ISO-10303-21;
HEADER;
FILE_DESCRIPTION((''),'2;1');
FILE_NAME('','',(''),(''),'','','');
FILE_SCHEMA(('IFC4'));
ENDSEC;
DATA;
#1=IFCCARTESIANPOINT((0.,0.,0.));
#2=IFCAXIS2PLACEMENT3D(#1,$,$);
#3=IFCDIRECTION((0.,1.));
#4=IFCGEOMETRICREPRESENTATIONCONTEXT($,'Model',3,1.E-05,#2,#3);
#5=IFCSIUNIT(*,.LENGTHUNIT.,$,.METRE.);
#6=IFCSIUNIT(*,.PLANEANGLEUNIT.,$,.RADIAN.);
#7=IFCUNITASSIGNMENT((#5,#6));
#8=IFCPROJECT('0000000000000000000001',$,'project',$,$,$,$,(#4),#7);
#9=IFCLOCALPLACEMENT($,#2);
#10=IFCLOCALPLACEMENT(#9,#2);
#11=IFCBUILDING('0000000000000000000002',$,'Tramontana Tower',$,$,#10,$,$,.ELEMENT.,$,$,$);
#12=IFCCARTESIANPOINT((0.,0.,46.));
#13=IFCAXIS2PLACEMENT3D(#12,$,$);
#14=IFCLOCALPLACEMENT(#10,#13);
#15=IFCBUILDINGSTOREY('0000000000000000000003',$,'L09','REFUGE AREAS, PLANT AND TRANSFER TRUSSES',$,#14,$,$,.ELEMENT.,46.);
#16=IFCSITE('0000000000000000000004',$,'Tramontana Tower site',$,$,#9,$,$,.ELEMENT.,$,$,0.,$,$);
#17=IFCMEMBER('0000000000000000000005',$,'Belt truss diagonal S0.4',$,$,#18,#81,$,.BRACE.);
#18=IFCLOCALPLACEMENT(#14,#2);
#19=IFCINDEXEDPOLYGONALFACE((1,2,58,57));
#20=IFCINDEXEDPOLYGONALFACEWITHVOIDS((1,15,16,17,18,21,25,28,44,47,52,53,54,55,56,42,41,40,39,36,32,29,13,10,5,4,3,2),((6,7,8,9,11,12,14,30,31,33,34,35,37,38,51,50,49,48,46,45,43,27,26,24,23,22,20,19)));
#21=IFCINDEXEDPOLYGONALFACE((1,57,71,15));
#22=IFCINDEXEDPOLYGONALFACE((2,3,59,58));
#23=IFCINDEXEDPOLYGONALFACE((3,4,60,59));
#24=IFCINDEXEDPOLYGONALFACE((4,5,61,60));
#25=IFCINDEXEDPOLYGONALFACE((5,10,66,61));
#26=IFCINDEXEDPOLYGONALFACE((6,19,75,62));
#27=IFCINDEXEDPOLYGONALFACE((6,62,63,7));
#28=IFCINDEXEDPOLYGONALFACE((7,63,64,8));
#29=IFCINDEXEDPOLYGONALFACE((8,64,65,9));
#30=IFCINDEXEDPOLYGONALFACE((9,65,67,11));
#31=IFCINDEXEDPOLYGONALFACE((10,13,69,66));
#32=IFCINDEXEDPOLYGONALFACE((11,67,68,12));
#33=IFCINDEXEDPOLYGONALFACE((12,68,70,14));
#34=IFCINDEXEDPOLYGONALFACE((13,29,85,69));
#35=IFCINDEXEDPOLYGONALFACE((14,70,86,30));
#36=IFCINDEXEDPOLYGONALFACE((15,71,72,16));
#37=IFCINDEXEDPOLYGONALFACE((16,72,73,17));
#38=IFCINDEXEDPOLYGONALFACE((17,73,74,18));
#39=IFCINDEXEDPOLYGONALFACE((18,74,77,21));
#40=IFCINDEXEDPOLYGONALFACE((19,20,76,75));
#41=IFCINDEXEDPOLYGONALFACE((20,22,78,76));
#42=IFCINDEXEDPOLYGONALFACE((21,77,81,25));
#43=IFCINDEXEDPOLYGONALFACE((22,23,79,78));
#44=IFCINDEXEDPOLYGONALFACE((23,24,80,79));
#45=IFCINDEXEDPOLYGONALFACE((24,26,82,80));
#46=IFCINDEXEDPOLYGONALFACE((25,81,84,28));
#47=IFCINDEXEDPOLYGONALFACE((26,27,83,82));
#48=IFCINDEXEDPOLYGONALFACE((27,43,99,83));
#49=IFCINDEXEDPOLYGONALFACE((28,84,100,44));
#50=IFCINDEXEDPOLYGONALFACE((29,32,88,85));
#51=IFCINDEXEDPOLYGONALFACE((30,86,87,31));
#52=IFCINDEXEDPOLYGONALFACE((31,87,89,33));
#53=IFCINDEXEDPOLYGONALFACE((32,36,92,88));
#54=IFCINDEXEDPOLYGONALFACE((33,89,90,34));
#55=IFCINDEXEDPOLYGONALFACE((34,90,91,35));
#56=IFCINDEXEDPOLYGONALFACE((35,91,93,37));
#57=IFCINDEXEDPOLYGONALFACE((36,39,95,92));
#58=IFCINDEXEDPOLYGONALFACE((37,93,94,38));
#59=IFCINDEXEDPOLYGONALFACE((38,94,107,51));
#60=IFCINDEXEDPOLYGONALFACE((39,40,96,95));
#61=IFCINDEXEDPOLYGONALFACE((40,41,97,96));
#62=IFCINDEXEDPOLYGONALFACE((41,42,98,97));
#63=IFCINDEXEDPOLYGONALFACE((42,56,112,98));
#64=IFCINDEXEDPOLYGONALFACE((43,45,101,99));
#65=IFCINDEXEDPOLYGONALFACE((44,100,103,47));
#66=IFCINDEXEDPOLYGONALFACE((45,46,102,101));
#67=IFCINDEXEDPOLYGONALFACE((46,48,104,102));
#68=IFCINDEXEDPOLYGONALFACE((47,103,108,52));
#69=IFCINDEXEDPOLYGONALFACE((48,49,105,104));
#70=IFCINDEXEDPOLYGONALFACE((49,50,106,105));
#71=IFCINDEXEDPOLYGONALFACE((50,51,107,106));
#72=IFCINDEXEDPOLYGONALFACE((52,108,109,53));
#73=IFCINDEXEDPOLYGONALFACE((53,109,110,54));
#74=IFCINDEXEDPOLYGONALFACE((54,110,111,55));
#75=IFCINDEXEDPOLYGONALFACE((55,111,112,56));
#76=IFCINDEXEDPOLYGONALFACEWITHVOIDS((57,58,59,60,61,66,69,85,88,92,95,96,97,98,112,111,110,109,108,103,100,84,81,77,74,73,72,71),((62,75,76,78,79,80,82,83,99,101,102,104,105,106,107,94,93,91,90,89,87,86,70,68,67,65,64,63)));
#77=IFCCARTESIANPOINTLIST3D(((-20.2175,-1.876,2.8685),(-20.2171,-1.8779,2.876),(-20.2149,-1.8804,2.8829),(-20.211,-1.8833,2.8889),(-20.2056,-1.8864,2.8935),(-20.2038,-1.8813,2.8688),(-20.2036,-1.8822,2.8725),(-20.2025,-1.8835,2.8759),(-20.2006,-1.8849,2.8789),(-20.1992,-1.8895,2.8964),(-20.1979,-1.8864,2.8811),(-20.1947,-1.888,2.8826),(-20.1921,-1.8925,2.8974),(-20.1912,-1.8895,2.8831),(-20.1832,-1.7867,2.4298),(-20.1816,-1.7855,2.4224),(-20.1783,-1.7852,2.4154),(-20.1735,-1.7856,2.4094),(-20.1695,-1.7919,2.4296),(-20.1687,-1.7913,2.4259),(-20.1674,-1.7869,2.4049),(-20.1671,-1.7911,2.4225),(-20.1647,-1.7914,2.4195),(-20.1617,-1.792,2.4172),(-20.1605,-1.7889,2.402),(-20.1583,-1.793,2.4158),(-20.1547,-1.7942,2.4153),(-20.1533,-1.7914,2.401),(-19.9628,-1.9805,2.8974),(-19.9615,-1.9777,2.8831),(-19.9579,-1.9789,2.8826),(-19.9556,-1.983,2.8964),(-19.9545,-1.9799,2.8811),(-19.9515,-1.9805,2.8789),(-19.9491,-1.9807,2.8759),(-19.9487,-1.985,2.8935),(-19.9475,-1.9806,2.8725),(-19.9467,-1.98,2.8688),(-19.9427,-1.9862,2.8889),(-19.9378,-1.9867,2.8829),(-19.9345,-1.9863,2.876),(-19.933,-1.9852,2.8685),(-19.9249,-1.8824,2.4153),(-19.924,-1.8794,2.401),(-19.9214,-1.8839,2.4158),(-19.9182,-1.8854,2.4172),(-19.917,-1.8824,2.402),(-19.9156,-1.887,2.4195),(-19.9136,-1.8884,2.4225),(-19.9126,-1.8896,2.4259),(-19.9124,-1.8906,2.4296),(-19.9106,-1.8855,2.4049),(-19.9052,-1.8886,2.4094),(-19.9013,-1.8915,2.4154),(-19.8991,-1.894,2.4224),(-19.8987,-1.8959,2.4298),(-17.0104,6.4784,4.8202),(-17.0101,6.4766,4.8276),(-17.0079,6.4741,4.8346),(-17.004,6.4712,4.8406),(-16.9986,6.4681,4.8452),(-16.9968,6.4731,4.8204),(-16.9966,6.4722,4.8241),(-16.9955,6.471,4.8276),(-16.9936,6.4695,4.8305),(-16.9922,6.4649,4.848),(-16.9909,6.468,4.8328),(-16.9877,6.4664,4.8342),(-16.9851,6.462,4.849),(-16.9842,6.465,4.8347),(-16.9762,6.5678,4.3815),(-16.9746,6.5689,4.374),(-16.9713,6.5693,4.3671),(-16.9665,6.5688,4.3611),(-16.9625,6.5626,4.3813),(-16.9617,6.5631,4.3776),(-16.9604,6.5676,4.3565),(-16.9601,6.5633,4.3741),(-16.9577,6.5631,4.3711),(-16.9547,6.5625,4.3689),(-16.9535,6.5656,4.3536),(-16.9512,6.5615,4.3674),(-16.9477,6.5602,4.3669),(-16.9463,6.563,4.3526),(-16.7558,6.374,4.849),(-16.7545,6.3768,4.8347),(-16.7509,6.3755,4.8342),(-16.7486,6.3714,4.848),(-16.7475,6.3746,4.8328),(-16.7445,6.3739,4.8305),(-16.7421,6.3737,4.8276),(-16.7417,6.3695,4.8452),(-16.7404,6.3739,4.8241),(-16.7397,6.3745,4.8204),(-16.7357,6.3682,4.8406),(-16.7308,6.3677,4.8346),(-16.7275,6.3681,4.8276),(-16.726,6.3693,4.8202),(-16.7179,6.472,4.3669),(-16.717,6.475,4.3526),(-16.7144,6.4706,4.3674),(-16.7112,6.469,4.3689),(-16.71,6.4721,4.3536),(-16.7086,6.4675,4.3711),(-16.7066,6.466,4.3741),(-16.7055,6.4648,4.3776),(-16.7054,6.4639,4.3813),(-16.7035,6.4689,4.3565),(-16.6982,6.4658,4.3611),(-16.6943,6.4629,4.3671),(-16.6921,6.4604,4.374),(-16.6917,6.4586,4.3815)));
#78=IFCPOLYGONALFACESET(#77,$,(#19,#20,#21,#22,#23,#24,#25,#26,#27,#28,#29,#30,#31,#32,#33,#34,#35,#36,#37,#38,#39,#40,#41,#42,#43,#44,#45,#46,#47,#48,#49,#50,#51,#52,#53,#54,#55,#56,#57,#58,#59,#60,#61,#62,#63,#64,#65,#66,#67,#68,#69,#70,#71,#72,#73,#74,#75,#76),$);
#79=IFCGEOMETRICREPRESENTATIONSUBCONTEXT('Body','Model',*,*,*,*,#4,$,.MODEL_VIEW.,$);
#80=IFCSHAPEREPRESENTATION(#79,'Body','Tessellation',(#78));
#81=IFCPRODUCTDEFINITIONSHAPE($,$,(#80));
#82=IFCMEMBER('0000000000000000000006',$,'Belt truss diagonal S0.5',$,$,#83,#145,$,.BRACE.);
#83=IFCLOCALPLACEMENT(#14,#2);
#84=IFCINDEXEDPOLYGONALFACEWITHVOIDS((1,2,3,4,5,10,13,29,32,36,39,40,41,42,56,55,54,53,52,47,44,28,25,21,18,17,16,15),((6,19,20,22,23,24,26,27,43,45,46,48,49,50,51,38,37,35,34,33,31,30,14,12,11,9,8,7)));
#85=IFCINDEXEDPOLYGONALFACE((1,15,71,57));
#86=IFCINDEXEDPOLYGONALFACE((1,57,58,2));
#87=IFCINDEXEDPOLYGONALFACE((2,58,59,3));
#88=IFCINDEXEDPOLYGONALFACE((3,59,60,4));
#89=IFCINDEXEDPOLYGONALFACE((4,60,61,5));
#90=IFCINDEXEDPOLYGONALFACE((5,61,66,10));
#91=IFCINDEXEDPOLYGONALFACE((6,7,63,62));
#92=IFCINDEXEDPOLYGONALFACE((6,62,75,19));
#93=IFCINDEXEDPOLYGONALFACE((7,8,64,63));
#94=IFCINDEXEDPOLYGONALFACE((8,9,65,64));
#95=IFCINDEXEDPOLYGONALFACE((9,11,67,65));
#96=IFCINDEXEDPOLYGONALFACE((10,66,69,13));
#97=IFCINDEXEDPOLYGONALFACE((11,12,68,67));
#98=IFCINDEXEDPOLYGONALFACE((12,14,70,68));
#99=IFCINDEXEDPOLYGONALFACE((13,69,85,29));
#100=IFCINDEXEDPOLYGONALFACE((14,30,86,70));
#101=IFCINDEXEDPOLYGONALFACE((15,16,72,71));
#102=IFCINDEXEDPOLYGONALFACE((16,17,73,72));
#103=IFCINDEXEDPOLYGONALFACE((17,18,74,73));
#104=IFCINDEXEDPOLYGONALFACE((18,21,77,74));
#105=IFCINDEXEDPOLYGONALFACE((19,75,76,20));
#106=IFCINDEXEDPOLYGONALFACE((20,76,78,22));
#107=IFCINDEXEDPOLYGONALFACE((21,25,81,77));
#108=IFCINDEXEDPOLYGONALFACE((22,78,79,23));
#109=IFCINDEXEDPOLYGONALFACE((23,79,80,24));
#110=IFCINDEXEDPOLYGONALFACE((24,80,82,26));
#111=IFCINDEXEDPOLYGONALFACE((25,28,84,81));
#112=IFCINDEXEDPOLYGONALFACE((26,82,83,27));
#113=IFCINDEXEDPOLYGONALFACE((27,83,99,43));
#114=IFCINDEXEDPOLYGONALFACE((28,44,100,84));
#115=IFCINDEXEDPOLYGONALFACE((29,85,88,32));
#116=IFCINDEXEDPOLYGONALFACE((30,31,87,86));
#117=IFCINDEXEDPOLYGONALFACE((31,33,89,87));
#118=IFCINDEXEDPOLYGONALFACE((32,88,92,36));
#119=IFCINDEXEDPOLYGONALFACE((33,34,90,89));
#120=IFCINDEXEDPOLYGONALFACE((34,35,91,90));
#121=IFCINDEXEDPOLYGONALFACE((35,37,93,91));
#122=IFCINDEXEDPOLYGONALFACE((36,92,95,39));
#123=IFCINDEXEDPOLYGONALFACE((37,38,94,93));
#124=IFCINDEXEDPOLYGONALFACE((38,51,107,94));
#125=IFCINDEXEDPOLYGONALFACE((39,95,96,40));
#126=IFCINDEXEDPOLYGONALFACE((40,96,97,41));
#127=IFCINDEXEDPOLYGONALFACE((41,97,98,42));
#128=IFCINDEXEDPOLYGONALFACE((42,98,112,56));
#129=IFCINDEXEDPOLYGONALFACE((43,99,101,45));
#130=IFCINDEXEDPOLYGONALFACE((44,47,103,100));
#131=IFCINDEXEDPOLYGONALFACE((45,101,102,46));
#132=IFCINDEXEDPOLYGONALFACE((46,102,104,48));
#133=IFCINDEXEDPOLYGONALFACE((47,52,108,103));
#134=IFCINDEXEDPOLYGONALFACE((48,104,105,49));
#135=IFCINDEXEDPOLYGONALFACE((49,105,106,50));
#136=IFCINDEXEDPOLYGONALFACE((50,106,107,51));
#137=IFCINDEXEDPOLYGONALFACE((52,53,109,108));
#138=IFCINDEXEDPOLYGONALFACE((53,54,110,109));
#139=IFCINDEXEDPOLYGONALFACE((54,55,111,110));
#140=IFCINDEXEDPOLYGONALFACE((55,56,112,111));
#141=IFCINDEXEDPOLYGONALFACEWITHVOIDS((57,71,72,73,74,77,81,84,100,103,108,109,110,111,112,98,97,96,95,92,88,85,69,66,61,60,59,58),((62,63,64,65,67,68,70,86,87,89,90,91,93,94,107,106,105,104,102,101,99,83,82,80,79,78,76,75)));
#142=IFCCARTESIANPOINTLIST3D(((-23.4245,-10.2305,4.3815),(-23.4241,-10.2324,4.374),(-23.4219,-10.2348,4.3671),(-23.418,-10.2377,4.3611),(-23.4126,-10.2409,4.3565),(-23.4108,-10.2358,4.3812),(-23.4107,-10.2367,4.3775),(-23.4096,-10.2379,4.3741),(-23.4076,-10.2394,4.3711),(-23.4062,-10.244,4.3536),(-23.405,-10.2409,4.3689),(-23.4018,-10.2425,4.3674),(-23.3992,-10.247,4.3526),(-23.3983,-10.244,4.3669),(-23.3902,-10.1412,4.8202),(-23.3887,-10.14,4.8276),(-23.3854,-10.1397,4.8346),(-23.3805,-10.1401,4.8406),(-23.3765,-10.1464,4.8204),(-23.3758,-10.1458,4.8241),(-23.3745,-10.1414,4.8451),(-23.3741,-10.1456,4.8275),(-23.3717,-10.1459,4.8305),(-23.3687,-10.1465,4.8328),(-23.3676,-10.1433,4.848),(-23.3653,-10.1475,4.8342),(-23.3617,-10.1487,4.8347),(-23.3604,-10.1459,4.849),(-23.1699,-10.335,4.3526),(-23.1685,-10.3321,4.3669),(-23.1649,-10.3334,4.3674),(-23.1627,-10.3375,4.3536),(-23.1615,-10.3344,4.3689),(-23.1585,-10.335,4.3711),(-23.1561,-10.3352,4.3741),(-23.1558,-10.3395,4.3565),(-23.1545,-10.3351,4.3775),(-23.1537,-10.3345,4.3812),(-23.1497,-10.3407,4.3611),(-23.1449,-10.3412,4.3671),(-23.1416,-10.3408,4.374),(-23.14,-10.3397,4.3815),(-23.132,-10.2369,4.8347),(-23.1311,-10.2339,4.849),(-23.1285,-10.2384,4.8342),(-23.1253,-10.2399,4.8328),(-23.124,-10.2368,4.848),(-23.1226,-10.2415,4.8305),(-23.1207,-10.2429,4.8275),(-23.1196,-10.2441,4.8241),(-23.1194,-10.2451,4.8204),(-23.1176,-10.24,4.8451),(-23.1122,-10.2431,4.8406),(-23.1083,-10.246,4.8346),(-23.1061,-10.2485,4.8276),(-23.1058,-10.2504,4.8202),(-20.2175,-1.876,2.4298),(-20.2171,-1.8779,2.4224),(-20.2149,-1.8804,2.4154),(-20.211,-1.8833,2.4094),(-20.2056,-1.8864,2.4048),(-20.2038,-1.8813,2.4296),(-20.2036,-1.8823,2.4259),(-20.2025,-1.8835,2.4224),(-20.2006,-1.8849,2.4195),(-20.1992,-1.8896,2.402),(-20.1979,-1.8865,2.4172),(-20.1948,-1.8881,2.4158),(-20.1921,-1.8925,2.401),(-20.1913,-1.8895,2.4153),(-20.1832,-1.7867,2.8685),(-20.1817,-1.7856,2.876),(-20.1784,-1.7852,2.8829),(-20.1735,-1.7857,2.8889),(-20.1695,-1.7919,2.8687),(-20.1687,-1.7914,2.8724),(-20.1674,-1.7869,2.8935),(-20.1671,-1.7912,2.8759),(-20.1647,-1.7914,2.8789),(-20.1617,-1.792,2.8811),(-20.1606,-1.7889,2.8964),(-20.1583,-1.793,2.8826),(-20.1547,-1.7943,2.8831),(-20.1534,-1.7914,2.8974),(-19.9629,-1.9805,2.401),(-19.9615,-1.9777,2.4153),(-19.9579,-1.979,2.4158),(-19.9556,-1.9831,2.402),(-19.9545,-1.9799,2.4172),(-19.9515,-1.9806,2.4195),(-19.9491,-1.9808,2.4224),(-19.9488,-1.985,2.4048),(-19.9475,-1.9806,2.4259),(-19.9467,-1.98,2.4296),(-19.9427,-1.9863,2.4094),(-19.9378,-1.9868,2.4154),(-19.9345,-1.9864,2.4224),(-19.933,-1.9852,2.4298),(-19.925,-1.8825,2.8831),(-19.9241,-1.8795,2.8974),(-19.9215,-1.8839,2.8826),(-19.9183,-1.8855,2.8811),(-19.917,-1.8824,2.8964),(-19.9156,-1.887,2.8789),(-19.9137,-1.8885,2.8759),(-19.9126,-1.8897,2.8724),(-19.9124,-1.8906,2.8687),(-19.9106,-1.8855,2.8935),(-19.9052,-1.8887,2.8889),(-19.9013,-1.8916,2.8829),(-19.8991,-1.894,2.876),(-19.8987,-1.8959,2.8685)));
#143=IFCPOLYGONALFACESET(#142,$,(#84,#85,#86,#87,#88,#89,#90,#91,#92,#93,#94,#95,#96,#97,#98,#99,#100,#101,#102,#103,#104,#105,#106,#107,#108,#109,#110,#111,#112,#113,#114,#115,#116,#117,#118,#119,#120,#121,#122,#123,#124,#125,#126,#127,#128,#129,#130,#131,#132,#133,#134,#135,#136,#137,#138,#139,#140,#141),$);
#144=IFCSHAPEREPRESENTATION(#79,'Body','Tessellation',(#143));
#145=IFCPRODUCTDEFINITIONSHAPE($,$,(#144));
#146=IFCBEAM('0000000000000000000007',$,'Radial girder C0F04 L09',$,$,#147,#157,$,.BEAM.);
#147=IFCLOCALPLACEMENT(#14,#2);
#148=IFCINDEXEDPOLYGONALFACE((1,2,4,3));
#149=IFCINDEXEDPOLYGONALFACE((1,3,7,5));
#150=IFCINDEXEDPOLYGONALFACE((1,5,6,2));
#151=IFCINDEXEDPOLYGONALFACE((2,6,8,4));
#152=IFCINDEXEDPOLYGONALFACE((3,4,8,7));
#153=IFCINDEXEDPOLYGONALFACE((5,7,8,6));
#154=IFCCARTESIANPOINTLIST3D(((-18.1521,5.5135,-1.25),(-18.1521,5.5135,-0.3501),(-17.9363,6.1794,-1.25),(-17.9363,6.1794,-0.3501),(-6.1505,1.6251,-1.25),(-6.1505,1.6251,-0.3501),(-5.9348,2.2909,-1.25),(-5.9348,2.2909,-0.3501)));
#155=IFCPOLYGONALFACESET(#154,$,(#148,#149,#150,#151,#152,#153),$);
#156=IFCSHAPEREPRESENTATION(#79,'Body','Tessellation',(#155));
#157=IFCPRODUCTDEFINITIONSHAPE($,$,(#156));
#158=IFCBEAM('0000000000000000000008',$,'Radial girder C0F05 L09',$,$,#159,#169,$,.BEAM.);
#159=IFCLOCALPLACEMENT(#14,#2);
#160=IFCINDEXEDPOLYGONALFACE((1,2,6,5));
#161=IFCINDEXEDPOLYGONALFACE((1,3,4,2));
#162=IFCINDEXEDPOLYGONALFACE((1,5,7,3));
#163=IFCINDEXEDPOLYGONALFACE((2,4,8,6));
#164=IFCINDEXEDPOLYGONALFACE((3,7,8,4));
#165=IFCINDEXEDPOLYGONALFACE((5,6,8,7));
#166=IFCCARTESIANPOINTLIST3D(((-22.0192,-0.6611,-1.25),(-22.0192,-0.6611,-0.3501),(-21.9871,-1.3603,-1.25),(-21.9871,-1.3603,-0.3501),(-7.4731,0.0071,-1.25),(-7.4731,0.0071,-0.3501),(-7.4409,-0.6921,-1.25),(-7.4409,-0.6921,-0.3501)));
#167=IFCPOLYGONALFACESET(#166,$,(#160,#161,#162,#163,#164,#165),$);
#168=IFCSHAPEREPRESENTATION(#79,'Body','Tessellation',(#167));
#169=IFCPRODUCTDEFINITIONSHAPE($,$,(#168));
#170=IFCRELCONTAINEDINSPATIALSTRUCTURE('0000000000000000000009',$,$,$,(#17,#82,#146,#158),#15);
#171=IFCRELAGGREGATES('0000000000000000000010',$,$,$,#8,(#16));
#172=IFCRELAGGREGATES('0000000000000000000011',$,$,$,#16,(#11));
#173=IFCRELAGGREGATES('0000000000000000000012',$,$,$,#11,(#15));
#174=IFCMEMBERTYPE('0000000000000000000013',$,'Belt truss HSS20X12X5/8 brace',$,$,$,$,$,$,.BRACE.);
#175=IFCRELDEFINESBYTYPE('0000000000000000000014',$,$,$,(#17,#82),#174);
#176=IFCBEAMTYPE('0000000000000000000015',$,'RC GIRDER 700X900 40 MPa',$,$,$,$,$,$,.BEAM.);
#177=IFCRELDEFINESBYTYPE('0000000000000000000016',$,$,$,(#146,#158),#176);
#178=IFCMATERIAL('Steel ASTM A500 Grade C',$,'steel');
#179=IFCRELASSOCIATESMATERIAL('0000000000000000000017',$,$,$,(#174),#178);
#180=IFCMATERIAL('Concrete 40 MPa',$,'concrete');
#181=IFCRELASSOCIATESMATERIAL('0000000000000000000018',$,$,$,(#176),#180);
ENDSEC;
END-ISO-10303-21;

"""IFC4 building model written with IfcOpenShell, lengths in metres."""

from ifc_helpers import new_model, si_unit, direction, frame, origin, origin_2d, place, context, subcontext, project, spatial, rectangle, hollow_rectangle, extrude, material, material_profile, profile_set, type_object, element, save


model = new_model("IFC4")

# Units and contexts
model_context = context("Model", 3, precision=1e-05, world=origin(), true_north=direction((0.0, 1.0)))
body_context = subcontext(model_context, "Body", "Model", "MODEL_VIEW")
ifc_project = project(units=[si_unit("LENGTHUNIT", "METRE"), si_unit("PLANEANGLEUNIT", "RADIAN")], contexts=[model_context])

# Site, building, storey
site_placement = place(None, origin())
site = spatial("IfcSite", under=ifc_project, at=site_placement, Name="Tramontana Tower site", CompositionType="ELEMENT", RefElevation=0.0)
building_placement = place(site_placement, origin())
building = spatial("IfcBuilding", under=site, at=building_placement, Name="Tramontana Tower", CompositionType="ELEMENT")
storey_placement = place(building_placement, frame((0.0, 0.0, 46.0)))
storey = spatial("IfcBuildingStorey", under=building, at=storey_placement, Name="L09", Description="REFUGE AREAS, PLANT AND TRANSFER TRUSSES", CompositionType="ELEMENT", Elevation=46.0)

# Members
ifc_material_1 = material(Name="Steel ASTM A500 Grade C", Category="steel")
ifc_material_profile_1 = material_profile(ifc_material_1, hollow_rectangle(XDim=0.3047, YDim=0.5081, WallThickness=0.0146, InnerFilletRadius=0.0146, OuterFilletRadius=0.0295, at=origin_2d()), Name="HSS20X12X5/8")
ifc_profile_set_1 = profile_set([ifc_material_profile_1], Name="Steel ASTM A500 Grade C")
member_type_1 = type_object("IfcMemberType", Name="Belt truss HSS20X12X5/8 brace", PredefinedType="BRACE", material=ifc_profile_set_1)
for number, where, z_axis, x_axis, name in (
    (1, (-16.8511, 6.4685, 4.6008), (-0.350142, -0.912139, -0.213081), (0.933579, -0.358372, 0.0), "Belt truss diagonal S0.4"),
    (2, (-20.0581, -1.886, 2.6492), (-0.350142, -0.912139, 0.213081), (0.933579, -0.358372, 0.0), "Belt truss diagonal S0.5"),
):
    element("IfcMember", number, at=place(storey_placement, frame(where, z_axis=z_axis, x_axis=x_axis)), inside=storey, type_object=member_type_1, Name=name, PredefinedType="BRACE", context=body_context, shape_type="SweptSolid", body=[
        extrude(hollow_rectangle(XDim=0.3047, YDim=0.5081, WallThickness=0.0146, InnerFilletRadius=0.0146, OuterFilletRadius=0.0295, at=origin_2d()), origin(), (0.0, 0.0, 1.0), 9.1592),
    ])

# Beams
ifc_material_2 = material(Name="Concrete 40 MPa", Category="concrete")
ifc_material_profile_2 = material_profile(ifc_material_2, rectangle(XDim=0.7, YDim=0.8999, at=origin_2d()), Name="RC GIRDER 700X900 40 MPa")
ifc_profile_set_2 = profile_set([ifc_material_profile_2], Name="Concrete 40 MPa")
beam_type = type_object("IfcBeamType", Name="RC GIRDER 700X900 40 MPa", PredefinedType="BEAM", material=ifc_profile_set_2)
beam_1_placement = place(storey_placement, frame((-18.0442, 5.8464, -0.8), z_axis=(0.951314, -0.308222, 0.0), x_axis=(0.308222, 0.951314, 0.0)))
element("IfcBeam", 3, at=beam_1_placement, inside=storey, type_object=beam_type, Name="Radial girder C0F04 L09", PredefinedType="BEAM", context=body_context, shape_type="SweptSolid", body=[
    extrude(rectangle(XDim=0.7, YDim=0.8999, at=origin_2d()), origin(), (0.0, 0.0, 1.0), 12.6157),
])
beam_2_placement = place(storey_placement, frame((-22.0032, -1.0107, -0.8), z_axis=(0.998947, 0.045889, 0.0), x_axis=(-0.045889, 0.998947, 0.0)))
element("IfcBeam", 4, at=beam_2_placement, inside=storey, type_object=beam_type, Name="Radial girder C0F05 L09", PredefinedType="BEAM", context=body_context, shape_type="SweptSolid", body=[
    extrude(rectangle(XDim=0.7, YDim=0.8999, at=origin_2d()), origin(), (0.0, 0.0, 1.0), 14.5615),
])

save(model, "model.ifc")
